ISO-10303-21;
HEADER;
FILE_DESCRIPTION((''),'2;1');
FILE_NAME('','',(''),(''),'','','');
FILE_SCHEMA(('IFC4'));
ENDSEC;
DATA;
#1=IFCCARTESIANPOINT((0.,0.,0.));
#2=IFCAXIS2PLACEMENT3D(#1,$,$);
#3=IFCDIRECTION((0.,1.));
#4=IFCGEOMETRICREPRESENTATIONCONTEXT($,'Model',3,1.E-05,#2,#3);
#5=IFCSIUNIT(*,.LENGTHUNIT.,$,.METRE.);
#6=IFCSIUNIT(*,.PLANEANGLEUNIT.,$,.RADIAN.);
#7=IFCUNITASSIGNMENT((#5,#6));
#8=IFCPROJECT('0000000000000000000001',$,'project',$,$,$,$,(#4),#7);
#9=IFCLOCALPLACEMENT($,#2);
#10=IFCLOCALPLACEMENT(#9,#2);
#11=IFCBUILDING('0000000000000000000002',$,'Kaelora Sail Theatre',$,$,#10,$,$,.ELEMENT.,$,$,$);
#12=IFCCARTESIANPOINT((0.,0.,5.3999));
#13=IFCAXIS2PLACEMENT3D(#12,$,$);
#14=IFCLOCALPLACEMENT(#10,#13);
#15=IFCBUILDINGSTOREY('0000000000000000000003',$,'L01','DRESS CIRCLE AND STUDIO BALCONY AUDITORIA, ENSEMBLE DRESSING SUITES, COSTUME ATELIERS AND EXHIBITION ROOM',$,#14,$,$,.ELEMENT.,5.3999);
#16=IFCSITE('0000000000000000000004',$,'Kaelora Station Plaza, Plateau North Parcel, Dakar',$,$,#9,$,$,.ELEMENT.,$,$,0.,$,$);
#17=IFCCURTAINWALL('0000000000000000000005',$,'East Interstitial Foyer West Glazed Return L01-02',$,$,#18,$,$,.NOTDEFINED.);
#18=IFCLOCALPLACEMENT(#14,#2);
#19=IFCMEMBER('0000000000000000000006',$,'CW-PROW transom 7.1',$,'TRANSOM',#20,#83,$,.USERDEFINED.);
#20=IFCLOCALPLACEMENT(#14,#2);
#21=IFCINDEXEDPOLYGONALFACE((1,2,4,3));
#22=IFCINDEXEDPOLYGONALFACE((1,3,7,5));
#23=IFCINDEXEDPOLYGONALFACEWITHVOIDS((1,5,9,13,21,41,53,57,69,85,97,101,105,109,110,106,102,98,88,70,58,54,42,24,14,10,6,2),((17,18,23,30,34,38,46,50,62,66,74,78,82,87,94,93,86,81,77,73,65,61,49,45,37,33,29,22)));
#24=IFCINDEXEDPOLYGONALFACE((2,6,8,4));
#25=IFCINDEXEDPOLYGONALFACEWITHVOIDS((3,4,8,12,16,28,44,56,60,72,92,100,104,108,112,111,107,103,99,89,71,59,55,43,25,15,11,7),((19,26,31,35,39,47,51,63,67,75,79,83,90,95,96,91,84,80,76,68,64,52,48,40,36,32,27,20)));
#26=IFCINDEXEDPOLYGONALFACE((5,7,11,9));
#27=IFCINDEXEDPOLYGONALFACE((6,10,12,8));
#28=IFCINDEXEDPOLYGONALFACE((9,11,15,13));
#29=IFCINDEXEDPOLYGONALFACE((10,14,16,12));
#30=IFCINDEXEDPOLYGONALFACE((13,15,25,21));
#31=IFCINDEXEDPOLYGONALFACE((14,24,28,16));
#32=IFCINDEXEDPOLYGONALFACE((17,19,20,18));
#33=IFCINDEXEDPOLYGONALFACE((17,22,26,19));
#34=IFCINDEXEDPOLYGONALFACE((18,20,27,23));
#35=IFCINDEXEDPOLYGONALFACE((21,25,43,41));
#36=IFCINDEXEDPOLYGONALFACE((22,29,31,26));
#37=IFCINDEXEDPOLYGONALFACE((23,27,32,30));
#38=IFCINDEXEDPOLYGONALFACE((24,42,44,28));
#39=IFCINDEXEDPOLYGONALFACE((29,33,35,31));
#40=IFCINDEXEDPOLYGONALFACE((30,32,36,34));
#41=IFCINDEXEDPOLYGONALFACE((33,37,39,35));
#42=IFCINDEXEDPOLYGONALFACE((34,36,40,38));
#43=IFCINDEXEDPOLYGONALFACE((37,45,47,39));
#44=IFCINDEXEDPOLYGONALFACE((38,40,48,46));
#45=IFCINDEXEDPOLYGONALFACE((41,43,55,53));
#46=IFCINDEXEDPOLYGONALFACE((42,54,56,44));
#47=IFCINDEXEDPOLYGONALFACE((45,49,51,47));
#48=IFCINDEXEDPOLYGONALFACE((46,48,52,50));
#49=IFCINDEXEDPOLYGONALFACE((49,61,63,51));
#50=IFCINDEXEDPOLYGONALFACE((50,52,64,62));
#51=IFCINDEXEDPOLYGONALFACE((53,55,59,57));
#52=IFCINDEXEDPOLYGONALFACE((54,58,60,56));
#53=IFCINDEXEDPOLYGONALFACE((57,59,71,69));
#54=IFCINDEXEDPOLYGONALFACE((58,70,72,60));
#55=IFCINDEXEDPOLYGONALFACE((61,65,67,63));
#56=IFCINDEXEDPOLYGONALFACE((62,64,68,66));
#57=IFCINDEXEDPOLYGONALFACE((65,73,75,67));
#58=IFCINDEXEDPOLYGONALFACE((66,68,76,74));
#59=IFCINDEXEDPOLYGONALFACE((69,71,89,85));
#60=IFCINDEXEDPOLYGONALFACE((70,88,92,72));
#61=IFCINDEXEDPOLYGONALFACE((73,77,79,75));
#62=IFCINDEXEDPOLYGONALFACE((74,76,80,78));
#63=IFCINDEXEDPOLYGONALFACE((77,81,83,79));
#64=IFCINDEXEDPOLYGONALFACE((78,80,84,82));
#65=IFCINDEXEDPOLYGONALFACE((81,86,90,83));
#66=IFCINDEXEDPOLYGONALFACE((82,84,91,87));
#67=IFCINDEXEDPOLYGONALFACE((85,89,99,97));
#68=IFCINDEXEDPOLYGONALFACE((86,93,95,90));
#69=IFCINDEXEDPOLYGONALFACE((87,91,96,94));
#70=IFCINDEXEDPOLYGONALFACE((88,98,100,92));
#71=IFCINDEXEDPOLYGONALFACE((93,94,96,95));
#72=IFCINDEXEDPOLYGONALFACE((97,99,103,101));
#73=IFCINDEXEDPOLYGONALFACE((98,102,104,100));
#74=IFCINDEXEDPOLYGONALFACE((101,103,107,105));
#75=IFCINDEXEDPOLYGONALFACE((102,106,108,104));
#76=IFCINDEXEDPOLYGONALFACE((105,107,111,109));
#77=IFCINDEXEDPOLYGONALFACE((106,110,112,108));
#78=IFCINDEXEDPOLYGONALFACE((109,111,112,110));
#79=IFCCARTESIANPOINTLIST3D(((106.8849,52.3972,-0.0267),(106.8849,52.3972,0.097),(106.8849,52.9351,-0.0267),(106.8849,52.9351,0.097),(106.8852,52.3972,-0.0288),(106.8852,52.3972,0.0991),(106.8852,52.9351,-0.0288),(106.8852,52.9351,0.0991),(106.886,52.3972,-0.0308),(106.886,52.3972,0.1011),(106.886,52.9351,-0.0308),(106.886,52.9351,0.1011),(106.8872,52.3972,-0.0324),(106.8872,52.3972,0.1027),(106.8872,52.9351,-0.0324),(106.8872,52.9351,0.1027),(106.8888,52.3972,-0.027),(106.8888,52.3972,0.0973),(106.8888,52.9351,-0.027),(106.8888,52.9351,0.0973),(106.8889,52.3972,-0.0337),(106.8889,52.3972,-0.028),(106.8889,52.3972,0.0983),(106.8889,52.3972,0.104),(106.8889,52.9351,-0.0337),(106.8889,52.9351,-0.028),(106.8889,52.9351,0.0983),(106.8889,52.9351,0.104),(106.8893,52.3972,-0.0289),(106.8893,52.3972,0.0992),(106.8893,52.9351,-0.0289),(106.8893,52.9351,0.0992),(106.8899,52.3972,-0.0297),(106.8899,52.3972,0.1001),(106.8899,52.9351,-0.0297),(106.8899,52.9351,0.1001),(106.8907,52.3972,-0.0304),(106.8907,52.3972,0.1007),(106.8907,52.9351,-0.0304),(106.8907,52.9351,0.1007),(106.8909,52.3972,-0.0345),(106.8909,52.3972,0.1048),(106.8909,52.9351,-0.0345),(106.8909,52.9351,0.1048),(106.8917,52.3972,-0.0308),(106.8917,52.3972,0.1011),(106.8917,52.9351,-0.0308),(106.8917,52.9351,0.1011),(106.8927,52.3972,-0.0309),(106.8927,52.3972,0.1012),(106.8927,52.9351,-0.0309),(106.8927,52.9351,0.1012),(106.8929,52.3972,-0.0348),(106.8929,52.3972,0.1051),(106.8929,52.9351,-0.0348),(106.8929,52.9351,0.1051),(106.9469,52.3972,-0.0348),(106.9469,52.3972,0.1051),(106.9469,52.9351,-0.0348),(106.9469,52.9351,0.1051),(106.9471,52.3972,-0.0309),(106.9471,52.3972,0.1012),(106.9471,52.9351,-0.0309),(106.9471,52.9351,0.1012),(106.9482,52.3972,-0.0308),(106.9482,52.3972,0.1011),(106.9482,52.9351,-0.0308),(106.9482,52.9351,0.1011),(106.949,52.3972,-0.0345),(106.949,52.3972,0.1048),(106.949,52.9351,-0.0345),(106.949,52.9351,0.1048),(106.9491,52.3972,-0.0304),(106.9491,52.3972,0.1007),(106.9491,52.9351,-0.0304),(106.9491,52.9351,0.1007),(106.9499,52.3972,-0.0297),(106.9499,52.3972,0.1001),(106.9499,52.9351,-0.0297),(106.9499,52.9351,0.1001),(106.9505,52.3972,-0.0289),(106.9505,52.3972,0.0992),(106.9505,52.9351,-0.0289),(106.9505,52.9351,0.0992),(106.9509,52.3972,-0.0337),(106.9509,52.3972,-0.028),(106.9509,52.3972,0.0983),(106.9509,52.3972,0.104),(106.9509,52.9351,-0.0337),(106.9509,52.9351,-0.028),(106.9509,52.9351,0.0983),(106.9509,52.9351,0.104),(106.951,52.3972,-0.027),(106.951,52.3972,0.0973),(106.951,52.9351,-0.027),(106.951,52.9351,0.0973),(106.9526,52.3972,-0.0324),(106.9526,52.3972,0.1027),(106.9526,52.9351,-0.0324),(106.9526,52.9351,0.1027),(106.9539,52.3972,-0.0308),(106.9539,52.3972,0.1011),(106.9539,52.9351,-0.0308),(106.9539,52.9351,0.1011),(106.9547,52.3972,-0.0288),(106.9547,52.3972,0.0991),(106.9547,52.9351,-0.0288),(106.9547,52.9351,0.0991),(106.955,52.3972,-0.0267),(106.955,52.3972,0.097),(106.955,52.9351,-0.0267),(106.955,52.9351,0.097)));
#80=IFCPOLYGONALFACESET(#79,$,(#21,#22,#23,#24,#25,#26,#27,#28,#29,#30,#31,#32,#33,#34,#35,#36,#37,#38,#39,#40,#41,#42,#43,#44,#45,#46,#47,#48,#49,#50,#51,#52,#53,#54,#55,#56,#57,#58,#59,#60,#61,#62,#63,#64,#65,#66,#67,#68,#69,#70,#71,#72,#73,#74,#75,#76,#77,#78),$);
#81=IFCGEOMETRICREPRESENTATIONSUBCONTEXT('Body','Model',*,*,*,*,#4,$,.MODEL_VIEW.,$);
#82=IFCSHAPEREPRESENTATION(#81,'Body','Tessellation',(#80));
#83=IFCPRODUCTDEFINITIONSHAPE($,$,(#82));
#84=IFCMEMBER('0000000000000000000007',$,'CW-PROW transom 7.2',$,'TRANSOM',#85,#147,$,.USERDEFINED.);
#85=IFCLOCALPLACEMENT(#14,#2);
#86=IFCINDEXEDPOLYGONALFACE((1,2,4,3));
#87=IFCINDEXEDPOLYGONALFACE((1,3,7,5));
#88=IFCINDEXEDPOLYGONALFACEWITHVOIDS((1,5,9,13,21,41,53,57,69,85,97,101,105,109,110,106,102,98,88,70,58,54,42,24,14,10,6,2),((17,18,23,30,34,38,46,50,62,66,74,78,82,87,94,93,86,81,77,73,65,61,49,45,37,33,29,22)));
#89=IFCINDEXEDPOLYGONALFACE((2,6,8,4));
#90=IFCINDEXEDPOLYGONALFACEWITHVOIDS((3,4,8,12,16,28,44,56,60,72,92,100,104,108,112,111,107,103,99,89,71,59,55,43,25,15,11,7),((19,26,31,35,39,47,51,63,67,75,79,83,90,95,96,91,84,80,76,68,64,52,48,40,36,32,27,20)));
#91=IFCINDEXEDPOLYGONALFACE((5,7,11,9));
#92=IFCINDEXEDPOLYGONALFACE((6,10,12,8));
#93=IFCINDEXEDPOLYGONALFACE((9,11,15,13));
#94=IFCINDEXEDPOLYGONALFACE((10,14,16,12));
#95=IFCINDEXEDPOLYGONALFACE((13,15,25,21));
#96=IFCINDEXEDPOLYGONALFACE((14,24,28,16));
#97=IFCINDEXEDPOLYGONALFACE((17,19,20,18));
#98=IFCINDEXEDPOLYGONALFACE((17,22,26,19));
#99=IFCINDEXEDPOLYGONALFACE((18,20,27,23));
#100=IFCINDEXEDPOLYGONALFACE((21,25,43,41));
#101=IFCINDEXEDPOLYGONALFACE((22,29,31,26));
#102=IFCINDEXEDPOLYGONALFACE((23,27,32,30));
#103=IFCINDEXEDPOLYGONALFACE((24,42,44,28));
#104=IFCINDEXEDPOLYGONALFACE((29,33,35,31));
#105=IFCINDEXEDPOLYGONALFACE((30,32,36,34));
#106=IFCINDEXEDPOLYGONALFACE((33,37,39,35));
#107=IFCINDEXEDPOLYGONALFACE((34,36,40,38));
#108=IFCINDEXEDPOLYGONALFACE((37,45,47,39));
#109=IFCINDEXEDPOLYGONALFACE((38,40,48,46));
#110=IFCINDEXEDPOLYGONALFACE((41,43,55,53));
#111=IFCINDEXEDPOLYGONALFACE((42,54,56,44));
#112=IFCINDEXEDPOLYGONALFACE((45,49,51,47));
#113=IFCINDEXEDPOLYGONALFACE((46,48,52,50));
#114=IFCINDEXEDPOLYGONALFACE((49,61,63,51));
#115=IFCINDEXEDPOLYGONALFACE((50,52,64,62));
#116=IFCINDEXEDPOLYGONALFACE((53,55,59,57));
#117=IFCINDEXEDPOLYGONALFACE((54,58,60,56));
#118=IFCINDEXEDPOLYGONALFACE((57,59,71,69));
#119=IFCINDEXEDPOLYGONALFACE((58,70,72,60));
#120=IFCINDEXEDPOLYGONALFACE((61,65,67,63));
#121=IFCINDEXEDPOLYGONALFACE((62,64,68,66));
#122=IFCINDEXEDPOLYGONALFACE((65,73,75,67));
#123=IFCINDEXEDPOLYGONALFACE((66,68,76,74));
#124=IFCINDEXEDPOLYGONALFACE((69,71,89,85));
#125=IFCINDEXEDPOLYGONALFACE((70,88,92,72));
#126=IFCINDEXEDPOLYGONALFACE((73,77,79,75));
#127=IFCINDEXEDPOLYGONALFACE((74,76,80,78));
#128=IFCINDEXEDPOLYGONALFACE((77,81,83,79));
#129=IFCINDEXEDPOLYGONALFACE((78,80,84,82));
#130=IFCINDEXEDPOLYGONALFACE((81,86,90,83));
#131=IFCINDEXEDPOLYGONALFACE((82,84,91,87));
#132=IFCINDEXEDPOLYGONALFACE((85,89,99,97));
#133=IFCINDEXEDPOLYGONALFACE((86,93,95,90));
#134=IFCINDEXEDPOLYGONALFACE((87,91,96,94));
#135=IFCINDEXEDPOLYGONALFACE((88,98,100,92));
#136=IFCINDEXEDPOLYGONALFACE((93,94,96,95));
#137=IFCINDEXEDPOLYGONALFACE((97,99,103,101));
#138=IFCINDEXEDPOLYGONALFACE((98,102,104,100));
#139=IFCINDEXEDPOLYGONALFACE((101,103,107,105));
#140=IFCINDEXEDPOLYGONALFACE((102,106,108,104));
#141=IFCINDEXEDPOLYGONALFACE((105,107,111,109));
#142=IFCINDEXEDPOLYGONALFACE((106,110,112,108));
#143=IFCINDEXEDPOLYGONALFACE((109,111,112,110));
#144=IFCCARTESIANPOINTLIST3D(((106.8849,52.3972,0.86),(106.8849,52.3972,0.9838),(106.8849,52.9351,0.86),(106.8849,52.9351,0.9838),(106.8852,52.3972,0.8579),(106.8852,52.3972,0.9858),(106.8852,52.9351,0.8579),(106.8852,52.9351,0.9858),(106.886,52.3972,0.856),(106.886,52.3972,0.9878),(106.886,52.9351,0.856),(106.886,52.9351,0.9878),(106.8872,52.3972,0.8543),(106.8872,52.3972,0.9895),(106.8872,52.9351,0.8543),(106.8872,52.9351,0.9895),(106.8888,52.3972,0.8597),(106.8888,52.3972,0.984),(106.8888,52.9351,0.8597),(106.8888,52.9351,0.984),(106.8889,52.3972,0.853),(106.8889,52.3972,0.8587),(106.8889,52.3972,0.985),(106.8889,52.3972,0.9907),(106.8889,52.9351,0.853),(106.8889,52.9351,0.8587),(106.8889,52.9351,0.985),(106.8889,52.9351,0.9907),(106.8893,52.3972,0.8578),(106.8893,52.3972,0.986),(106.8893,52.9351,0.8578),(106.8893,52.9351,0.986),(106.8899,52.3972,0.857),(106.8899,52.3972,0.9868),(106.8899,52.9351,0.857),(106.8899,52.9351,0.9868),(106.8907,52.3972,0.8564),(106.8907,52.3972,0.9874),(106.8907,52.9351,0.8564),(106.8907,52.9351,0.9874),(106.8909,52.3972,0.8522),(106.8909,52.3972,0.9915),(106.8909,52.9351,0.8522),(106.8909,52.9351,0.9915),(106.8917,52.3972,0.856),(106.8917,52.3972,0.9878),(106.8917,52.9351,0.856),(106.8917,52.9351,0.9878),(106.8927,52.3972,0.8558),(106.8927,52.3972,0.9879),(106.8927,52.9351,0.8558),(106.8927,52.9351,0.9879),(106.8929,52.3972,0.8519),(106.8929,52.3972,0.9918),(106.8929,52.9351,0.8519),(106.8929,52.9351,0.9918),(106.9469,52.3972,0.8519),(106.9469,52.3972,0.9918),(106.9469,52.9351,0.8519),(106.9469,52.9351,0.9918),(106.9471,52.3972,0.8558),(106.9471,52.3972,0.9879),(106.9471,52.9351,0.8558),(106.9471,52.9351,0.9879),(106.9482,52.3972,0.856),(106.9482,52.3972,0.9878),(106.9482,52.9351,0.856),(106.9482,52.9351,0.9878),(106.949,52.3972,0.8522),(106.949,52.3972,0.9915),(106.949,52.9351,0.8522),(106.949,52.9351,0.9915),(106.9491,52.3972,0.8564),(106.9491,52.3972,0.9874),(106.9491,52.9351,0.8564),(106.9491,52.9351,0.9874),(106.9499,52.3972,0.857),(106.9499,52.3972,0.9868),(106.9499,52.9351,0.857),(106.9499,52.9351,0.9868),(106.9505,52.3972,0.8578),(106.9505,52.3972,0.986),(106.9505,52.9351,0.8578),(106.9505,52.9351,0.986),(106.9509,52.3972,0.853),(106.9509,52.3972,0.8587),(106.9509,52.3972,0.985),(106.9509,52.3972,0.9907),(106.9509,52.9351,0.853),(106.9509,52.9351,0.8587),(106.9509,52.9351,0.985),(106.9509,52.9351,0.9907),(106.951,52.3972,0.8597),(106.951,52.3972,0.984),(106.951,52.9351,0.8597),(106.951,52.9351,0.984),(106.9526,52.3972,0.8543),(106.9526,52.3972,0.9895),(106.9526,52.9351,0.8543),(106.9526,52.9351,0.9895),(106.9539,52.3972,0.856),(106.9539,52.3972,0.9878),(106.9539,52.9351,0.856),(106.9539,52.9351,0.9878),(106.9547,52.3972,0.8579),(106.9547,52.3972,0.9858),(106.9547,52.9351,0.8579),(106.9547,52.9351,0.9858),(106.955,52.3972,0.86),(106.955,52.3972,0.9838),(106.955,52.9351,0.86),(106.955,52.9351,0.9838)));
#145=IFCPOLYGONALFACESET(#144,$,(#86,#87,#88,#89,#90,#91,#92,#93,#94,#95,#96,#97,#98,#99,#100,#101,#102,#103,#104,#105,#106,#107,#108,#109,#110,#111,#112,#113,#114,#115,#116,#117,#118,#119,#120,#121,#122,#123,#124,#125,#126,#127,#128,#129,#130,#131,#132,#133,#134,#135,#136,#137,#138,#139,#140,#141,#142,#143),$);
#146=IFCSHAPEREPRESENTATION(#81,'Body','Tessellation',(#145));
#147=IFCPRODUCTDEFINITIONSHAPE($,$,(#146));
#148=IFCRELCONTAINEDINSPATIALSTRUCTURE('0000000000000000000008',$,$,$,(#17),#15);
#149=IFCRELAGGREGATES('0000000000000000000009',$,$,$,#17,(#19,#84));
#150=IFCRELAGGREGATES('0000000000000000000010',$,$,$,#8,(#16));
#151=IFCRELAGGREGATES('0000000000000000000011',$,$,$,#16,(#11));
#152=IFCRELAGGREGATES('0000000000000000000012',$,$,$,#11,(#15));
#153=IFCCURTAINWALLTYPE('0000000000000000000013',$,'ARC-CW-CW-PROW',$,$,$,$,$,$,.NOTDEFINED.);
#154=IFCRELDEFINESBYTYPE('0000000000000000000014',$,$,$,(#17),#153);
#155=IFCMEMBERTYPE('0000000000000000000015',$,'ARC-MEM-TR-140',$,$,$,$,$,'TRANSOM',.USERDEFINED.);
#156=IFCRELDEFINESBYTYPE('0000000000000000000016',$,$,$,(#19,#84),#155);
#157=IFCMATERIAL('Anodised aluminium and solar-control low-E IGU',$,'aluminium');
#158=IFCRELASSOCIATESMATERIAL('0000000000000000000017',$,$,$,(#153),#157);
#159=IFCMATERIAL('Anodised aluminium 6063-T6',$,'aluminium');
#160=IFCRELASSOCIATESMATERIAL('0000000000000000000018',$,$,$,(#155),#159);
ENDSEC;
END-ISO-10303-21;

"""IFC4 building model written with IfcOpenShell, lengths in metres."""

from ifc_helpers import new_model, si_unit, direction, frame, origin, origin_2d, place, context, subcontext, project, spatial, hollow_rectangle, extrude, material, material_profile, profile_set, type_object, element, aggregate, save


model = new_model("IFC4")

# Units and contexts
model_context = context("Model", 3, precision=1e-05, world=origin(), true_north=direction((0.0, 1.0)))
body_context = subcontext(model_context, "Body", "Model", "MODEL_VIEW")
ifc_project = project(units=[si_unit("LENGTHUNIT", "METRE"), si_unit("PLANEANGLEUNIT", "RADIAN")], contexts=[model_context])

# Site, building, storey
site_placement = place(None, origin())
site = spatial("IfcSite", under=ifc_project, at=site_placement, Name="Kaelora Station Plaza, Plateau North Parcel, Dakar", CompositionType="ELEMENT", RefElevation=0.0)
building_placement = place(site_placement, origin())
building = spatial("IfcBuilding", under=site, at=building_placement, Name="Kaelora Sail Theatre", CompositionType="ELEMENT")
storey_placement = place(building_placement, frame((0.0, 0.0, 5.3999)))
storey = spatial("IfcBuildingStorey", under=building, at=storey_placement, Name="L01", Description="DRESS CIRCLE AND STUDIO BALCONY AUDITORIA, ENSEMBLE DRESSING SUITES, COSTUME ATELIERS AND EXHIBITION ROOM", CompositionType="ELEMENT", Elevation=5.3999)

# Curtain wall, members
ifc_material_1 = material(Name="Anodised aluminium and solar-control low-E IGU", Category="aluminium")
curtain_wall_type = type_object("IfcCurtainWallType", Name="ARC-CW-CW-PROW", PredefinedType="NOTDEFINED", material=ifc_material_1)
curtain_wall_placement = place(storey_placement, origin())
curtain_wall = element("IfcCurtainWall", 1, at=curtain_wall_placement, inside=storey, type_object=curtain_wall_type, Name="East Interstitial Foyer West Glazed Return L01-02", PredefinedType="NOTDEFINED")
ifc_material_2 = material(Name="Anodised aluminium 6063-T6", Category="aluminium")
ifc_material_profile_1 = material_profile(ifc_material_2, hollow_rectangle(XDim=0.0701, YDim=0.1399, WallThickness=0.0039, InnerFilletRadius=0.0039, OuterFilletRadius=0.0081, at=origin_2d()), Name="ALU-TRAN 70x140x4")
ifc_profile_set_1 = profile_set([ifc_material_profile_1], Name="Anodised aluminium 6063-T6")
member_type_1 = type_object("IfcMemberType", Name="ARC-MEM-TR-140", ElementType="TRANSOM", PredefinedType="USERDEFINED", material=ifc_profile_set_1)
member_1_placement = place(storey_placement, frame((106.9199, 52.3972, 0.0352), z_axis=(0.0, 1.0, 0.0), x_axis=(-1.0, 0.0, 0.0)))
member_1 = element("IfcMember", 2, at=member_1_placement, type_object=member_type_1, Name="CW-PROW transom 7.1", ObjectType="TRANSOM", PredefinedType="USERDEFINED", context=body_context, shape_type="SweptSolid", body=[
    extrude(hollow_rectangle(XDim=0.0701, YDim=0.1399, WallThickness=0.0039, InnerFilletRadius=0.0039, OuterFilletRadius=0.0081, at=origin_2d()), origin(), (0.0, 0.0, 1.0), 0.5378),
])
member_2_placement = place(storey_placement, frame((106.9199, 52.3972, 0.9219), z_axis=(0.0, 1.0, 0.0), x_axis=(-1.0, 0.0, 0.0)))
member_2 = element("IfcMember", 3, at=member_2_placement, type_object=member_type_1, Name="CW-PROW transom 7.2", ObjectType="TRANSOM", PredefinedType="USERDEFINED", context=body_context, shape_type="SweptSolid", body=[
    extrude(hollow_rectangle(XDim=0.0701, YDim=0.1399, WallThickness=0.0039, InnerFilletRadius=0.0039, OuterFilletRadius=0.0081, at=origin_2d()), origin(), (0.0, 0.0, 1.0), 0.5378),
])

aggregate(curtain_wall, [member_1, member_2])

save(model, "model.ifc")
